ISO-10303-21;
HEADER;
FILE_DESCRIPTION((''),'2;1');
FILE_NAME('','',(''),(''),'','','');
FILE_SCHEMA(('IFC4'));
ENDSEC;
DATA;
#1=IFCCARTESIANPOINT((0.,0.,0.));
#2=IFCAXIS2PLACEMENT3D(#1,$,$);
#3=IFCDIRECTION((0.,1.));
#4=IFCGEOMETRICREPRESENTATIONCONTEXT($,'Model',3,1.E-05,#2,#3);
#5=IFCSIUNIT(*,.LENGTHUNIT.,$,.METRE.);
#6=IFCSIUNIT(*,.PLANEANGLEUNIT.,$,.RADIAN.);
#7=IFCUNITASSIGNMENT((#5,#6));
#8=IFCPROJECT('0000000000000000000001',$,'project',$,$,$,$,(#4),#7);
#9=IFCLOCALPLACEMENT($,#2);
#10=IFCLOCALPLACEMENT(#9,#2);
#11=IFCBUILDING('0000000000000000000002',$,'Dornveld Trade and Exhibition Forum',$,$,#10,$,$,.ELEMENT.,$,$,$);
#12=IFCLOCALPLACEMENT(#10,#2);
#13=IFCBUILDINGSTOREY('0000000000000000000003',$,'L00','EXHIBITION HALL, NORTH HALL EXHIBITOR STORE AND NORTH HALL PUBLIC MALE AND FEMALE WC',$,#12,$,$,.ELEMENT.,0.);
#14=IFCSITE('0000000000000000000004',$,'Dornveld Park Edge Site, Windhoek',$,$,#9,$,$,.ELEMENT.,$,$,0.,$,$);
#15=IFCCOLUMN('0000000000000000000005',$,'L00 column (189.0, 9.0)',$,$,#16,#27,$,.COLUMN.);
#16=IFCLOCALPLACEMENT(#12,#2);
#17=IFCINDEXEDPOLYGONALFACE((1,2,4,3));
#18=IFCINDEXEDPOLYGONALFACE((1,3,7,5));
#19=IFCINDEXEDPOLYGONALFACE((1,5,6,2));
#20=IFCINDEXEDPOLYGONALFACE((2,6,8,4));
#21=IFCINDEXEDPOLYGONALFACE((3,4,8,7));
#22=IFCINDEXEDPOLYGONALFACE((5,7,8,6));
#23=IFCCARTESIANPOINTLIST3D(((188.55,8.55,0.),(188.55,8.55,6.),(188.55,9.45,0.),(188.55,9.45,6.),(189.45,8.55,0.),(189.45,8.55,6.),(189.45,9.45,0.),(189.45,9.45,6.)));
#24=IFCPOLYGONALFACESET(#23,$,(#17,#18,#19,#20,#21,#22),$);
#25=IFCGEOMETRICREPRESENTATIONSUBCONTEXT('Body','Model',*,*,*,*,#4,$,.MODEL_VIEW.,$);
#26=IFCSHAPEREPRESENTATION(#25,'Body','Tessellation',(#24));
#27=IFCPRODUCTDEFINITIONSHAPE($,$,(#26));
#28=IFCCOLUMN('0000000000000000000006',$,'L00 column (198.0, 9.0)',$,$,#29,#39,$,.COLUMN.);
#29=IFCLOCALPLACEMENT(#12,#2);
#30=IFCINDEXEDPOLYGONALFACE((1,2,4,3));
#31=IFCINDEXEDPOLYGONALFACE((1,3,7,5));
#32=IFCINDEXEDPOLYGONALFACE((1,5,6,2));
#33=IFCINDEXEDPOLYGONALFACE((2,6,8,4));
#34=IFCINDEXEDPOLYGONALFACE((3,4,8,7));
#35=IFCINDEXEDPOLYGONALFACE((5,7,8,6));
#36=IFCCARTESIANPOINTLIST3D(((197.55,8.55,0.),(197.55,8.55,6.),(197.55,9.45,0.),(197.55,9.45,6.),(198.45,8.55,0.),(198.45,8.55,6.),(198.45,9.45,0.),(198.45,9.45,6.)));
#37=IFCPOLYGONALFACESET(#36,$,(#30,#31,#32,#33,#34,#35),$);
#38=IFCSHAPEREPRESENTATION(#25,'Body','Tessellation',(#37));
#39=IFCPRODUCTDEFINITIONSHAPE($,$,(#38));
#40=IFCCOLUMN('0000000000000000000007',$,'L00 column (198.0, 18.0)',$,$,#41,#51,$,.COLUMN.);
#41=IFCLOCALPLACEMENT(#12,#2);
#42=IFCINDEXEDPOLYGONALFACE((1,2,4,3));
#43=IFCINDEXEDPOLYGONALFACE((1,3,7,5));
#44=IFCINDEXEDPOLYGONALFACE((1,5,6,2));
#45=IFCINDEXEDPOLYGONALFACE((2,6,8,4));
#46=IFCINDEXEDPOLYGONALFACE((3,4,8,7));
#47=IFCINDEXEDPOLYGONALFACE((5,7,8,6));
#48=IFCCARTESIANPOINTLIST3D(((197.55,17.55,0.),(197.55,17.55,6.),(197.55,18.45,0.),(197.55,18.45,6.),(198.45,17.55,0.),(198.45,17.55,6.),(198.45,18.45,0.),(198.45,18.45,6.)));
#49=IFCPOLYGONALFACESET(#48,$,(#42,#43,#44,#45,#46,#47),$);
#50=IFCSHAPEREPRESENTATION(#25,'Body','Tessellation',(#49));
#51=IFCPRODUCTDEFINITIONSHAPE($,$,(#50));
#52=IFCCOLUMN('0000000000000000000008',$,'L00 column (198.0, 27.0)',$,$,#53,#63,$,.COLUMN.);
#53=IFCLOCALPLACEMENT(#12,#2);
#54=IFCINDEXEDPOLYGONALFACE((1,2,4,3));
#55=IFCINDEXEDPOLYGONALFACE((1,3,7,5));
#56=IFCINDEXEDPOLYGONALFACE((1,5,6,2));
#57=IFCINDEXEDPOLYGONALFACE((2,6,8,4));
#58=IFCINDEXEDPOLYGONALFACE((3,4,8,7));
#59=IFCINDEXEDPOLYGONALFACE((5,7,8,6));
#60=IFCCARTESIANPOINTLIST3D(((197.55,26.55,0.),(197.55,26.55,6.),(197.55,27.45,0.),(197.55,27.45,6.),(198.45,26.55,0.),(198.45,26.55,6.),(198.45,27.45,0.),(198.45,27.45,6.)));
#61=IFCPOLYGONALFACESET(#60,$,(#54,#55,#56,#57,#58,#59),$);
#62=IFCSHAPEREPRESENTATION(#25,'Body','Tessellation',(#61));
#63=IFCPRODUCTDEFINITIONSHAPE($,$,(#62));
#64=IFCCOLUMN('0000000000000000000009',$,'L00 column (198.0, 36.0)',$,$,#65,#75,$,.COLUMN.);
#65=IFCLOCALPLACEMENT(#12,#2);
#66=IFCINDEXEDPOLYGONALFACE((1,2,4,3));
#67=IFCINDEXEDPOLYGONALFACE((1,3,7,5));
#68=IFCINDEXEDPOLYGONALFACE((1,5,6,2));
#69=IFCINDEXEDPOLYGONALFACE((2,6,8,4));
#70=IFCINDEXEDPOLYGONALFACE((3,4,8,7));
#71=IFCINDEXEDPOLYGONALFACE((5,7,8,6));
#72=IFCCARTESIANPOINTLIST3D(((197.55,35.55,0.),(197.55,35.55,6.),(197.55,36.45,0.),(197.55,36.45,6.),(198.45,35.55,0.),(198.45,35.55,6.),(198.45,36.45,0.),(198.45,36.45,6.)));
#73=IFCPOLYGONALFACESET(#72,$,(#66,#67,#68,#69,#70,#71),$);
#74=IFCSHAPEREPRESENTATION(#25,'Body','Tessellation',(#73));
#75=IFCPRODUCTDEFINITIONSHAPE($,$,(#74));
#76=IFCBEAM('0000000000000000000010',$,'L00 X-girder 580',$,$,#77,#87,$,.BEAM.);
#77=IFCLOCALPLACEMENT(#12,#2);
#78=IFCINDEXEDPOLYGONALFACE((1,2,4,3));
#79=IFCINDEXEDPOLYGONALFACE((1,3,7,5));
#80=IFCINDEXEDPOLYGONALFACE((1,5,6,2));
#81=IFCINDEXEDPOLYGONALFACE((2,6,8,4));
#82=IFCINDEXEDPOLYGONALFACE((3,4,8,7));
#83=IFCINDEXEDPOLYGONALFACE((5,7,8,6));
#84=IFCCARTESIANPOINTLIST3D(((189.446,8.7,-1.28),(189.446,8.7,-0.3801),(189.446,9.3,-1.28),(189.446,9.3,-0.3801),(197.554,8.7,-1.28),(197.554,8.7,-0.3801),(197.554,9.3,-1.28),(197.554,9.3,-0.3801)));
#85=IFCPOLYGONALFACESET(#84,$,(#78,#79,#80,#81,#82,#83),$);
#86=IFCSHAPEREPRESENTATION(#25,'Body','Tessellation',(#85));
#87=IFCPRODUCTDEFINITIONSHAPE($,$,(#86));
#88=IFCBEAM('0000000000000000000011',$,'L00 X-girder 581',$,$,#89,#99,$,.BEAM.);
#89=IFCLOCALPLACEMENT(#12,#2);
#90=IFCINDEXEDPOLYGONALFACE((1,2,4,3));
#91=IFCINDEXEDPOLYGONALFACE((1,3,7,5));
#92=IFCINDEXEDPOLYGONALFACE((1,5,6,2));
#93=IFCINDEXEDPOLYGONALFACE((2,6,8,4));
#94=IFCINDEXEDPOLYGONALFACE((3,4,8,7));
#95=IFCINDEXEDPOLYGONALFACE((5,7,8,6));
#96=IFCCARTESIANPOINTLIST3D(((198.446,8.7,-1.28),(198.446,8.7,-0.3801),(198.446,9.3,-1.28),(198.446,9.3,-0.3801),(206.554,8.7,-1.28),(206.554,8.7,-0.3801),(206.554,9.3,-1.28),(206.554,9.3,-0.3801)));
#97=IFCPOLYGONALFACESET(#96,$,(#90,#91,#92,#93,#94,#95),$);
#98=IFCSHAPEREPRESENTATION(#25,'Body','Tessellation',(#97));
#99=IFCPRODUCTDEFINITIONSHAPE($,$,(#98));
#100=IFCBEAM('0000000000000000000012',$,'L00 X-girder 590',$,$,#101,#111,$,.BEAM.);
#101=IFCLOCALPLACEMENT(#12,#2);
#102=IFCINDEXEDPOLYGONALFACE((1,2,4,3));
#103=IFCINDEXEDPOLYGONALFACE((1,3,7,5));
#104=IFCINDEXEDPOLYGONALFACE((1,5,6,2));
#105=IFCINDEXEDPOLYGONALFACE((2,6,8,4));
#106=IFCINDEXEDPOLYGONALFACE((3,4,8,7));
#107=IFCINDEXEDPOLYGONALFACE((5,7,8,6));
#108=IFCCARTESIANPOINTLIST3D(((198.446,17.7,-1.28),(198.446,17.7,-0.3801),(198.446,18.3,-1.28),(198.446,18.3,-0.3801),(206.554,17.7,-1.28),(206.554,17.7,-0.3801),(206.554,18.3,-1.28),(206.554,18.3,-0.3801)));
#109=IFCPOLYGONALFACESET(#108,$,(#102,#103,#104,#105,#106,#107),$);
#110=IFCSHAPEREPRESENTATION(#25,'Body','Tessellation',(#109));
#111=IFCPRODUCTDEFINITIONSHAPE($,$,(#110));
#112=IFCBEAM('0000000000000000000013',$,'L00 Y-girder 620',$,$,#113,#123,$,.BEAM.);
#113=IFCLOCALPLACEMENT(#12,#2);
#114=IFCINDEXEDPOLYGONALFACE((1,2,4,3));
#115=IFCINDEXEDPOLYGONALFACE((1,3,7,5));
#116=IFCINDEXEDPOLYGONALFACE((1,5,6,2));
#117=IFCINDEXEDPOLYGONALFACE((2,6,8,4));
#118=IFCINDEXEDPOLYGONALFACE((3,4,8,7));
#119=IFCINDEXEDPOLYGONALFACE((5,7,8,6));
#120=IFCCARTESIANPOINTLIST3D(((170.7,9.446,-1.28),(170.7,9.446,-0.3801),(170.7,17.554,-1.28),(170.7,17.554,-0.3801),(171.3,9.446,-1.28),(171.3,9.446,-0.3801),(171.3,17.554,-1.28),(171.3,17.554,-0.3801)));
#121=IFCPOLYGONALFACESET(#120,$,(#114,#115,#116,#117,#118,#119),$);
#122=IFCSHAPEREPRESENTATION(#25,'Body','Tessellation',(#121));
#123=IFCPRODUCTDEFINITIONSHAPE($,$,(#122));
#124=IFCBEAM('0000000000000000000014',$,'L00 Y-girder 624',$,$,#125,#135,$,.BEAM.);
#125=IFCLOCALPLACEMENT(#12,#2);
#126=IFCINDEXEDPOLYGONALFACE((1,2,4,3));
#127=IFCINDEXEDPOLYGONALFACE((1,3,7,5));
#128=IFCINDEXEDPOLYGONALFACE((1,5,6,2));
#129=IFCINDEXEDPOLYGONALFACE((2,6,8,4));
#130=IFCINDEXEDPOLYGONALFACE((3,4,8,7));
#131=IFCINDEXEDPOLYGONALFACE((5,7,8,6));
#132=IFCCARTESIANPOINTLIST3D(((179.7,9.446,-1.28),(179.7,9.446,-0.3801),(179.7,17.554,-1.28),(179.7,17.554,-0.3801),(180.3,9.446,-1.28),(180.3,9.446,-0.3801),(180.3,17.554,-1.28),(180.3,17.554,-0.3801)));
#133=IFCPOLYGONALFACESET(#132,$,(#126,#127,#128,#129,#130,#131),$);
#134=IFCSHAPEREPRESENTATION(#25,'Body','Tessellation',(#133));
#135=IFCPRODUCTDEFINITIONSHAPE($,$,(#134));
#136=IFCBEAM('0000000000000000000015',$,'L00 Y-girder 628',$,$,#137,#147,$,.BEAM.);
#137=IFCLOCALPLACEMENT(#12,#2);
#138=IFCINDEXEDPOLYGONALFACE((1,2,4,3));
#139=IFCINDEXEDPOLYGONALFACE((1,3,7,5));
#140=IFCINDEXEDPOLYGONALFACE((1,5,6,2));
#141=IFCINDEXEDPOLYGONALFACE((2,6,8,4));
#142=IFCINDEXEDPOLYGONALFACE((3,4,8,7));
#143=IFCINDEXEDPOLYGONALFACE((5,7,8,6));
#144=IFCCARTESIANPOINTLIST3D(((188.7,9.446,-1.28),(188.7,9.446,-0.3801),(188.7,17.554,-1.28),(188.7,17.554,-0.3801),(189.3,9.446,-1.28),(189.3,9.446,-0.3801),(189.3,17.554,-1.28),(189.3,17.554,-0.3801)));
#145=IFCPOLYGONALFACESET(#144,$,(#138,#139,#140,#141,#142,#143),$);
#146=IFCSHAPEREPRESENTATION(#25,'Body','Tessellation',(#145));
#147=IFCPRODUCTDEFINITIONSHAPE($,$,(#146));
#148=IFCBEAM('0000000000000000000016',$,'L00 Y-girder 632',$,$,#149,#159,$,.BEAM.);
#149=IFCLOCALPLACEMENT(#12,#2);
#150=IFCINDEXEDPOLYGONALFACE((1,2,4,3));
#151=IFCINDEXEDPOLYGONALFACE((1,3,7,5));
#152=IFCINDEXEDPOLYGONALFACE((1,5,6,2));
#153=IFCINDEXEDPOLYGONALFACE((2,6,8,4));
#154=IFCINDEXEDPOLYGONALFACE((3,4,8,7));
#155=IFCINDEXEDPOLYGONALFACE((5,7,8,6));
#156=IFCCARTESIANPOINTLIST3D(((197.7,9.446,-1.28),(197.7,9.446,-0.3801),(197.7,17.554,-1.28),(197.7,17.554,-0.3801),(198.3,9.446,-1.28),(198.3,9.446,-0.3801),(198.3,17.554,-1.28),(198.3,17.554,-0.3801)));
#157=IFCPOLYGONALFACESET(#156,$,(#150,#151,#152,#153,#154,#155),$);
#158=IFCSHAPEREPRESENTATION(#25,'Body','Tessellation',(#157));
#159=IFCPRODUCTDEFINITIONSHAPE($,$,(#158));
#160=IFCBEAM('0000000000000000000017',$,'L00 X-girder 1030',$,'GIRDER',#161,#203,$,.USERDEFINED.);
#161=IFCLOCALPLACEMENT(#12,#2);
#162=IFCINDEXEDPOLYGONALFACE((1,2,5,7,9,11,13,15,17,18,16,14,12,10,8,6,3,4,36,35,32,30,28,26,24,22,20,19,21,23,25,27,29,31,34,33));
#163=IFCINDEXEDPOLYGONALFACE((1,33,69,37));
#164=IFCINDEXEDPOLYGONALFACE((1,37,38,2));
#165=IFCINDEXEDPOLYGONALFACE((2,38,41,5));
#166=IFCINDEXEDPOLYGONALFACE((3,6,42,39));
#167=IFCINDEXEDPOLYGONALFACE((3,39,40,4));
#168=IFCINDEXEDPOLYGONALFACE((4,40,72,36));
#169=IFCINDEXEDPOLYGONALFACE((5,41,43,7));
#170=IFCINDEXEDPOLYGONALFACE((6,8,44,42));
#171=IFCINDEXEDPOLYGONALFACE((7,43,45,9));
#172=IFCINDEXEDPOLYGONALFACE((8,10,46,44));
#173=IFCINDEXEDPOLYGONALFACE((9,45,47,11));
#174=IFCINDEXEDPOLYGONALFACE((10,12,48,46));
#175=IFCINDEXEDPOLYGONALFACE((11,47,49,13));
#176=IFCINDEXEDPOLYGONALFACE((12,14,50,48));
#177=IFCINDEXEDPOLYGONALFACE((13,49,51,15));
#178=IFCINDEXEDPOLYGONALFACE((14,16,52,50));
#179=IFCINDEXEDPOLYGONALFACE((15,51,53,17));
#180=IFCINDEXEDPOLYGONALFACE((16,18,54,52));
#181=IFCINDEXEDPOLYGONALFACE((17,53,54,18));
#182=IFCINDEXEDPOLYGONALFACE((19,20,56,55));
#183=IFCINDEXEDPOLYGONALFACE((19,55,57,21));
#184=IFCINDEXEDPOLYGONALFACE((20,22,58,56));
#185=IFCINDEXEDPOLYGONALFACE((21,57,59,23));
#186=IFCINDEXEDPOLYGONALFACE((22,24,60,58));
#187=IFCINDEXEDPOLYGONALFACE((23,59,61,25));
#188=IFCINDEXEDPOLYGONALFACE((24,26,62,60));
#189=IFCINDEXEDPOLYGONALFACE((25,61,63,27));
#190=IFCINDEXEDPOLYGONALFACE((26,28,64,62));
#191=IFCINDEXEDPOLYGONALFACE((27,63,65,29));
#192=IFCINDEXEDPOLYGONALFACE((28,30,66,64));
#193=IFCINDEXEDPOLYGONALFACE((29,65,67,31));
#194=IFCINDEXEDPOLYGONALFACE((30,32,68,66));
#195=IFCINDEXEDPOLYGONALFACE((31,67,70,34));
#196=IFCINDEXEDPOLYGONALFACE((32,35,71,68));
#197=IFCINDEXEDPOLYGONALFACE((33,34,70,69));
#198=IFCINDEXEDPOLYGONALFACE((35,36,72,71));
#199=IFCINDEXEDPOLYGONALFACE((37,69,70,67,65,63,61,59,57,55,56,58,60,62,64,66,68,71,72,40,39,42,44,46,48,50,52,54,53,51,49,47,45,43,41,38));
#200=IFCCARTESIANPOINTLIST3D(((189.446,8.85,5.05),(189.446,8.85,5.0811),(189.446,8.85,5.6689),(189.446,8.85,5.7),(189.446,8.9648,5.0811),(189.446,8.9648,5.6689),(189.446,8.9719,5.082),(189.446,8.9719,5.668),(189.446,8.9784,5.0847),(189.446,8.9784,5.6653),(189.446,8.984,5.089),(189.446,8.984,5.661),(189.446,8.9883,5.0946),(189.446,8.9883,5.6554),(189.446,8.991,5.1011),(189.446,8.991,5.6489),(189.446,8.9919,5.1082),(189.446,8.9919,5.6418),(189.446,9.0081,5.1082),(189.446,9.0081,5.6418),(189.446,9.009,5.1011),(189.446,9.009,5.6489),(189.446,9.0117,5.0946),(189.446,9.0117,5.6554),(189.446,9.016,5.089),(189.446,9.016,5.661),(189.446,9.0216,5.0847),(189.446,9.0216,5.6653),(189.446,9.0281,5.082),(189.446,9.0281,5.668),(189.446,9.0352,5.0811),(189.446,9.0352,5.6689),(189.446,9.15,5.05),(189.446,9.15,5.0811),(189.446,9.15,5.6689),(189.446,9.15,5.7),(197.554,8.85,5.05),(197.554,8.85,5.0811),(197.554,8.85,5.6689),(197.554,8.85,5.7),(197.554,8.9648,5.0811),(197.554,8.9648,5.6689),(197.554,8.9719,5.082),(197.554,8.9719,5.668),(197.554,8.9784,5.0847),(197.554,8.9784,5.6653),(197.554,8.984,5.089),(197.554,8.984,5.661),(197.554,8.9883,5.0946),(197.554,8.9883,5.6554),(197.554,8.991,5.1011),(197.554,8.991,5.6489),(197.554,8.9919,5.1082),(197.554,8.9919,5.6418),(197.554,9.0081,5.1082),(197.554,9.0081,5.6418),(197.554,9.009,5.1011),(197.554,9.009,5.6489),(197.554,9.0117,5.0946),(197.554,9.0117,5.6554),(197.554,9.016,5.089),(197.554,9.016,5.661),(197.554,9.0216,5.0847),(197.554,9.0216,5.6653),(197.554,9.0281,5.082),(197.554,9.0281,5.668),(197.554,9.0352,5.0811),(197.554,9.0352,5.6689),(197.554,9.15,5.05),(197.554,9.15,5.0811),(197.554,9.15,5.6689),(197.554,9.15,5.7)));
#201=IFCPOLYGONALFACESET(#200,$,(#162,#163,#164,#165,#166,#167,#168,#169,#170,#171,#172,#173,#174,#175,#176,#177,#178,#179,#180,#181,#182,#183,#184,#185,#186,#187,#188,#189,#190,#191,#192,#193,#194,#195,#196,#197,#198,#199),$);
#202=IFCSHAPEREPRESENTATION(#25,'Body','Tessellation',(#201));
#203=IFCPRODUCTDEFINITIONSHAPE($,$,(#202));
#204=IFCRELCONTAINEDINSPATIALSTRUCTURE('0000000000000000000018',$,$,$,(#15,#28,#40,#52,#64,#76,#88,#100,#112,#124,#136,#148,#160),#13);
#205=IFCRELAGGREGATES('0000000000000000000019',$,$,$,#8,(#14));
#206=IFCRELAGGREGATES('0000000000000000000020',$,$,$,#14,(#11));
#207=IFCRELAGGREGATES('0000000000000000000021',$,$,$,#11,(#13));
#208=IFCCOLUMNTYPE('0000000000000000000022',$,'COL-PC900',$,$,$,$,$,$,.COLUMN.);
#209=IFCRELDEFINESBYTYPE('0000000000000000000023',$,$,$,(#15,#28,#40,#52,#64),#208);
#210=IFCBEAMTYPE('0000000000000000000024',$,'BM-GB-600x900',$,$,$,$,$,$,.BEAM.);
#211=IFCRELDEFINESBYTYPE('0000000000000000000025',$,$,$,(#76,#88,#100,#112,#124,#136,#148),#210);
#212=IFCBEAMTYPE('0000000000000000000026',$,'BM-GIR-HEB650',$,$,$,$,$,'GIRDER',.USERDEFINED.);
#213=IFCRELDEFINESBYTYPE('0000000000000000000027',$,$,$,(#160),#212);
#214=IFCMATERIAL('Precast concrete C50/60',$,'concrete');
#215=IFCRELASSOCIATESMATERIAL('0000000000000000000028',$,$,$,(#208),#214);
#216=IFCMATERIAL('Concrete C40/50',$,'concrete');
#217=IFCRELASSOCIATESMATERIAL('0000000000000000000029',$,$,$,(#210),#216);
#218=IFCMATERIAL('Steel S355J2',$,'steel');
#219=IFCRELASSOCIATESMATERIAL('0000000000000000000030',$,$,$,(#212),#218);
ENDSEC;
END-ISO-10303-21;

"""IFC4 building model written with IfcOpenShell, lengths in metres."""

from ifc_helpers import new_model, si_unit, direction, frame, origin, origin_2d, place, context, subcontext, project, spatial, rectangle, i_section, extrude, material, material_profile, profile_set, type_object, element, save


model = new_model("IFC4")

# Units and contexts
model_context = context("Model", 3, precision=1e-05, world=origin(), true_north=direction((0.0, 1.0)))
body_context = subcontext(model_context, "Body", "Model", "MODEL_VIEW")
ifc_project = project(units=[si_unit("LENGTHUNIT", "METRE"), si_unit("PLANEANGLEUNIT", "RADIAN")], contexts=[model_context])

# Site, building, storey
site_placement = place(None, origin())
site = spatial("IfcSite", under=ifc_project, at=site_placement, Name="Dornveld Park Edge Site, Windhoek", CompositionType="ELEMENT", RefElevation=0.0)
building_placement = place(site_placement, origin())
building = spatial("IfcBuilding", under=site, at=building_placement, Name="Dornveld Trade and Exhibition Forum", CompositionType="ELEMENT")
storey_placement = place(building_placement, origin())
storey = spatial("IfcBuildingStorey", under=building, at=storey_placement, Name="L00", Description="EXHIBITION HALL, NORTH HALL EXHIBITOR STORE AND NORTH HALL PUBLIC MALE AND FEMALE WC", CompositionType="ELEMENT", Elevation=0.0)

# Columns
ifc_material_1 = material(Name="Precast concrete C50/60", Category="concrete")
ifc_material_profile_1 = material_profile(ifc_material_1, rectangle(XDim=0.8999, YDim=0.8999, at=origin_2d()), Name="PC-COL 900x900")
ifc_profile_set_1 = profile_set([ifc_material_profile_1], Name="Precast concrete C50/60")
column_type = type_object("IfcColumnType", Name="COL-PC900", PredefinedType="COLUMN", material=ifc_profile_set_1)
for number, where, z_axis, x_axis, name in (
    (1, (189.0, 9.0, 0.0), (0.0, 0.0, 1.0), (1.0, 0.0, 0.0), "L00 column (189.0, 9.0)"),
    (2, (198.0, 9.0, 0.0), (0.0, 0.0, 1.0), (1.0, 0.0, 0.0), "L00 column (198.0, 9.0)"),
    (3, (198.0, 18.0, 0.0), (0.0, 0.0, 1.0), (1.0, 0.0, 0.0), "L00 column (198.0, 18.0)"),
    (4, (198.0, 27.0, 0.0), (0.0, 0.0, 1.0), (1.0, 0.0, 0.0), "L00 column (198.0, 27.0)"),
    (5, (198.0, 36.0, 0.0), (0.0, 0.0, 1.0), (1.0, 0.0, 0.0), "L00 column (198.0, 36.0)"),
):
    element("IfcColumn", number, at=place(storey_placement, frame(where, z_axis=z_axis, x_axis=x_axis)), inside=storey, type_object=column_type, Name=name, PredefinedType="COLUMN", context=body_context, shape_type="SweptSolid", body=[
        extrude(rectangle(XDim=0.8999, YDim=0.8999, at=origin_2d()), origin(), (0.0, 0.0, 1.0), 6.0),
    ])

# Beams
ifc_material_2 = material(Name="Concrete C40/50", Category="concrete")
ifc_material_profile_2 = material_profile(ifc_material_2, rectangle(XDim=0.6001, YDim=0.8999, at=origin_2d()), Name="RC-GB 600x900")
ifc_profile_set_2 = profile_set([ifc_material_profile_2], Name="Concrete C40/50")
beam_type_1 = type_object("IfcBeamType", Name="BM-GB-600x900", PredefinedType="BEAM", material=ifc_profile_set_2)
for number, where, z_axis, x_axis, name in (
    (6, (189.446, 9.0, -0.8301), (1.0, 0.0, 0.0), (0.0, 1.0, 0.0), "L00 X-girder 580"),
    (7, (198.446, 9.0, -0.8301), (1.0, 0.0, 0.0), (0.0, 1.0, 0.0), "L00 X-girder 581"),
    (8, (198.446, 18.0, -0.8301), (1.0, 0.0, 0.0), (0.0, 1.0, 0.0), "L00 X-girder 590"),
    (9, (171.0, 9.446, -0.8301), (0.0, 1.0, 0.0), (-1.0, 0.0, 0.0), "L00 Y-girder 620"),
    (10, (180.0, 9.446, -0.8301), (0.0, 1.0, 0.0), (-1.0, 0.0, 0.0), "L00 Y-girder 624"),
    (11, (189.0, 9.446, -0.8301), (0.0, 1.0, 0.0), (-1.0, 0.0, 0.0), "L00 Y-girder 628"),
    (12, (198.0, 9.446, -0.8301), (0.0, 1.0, 0.0), (-1.0, 0.0, 0.0), "L00 Y-girder 632"),
):
    element("IfcBeam", number, at=place(storey_placement, frame(where, z_axis=z_axis, x_axis=x_axis)), inside=storey, type_object=beam_type_1, Name=name, PredefinedType="BEAM", context=body_context, shape_type="SweptSolid", body=[
        extrude(rectangle(XDim=0.6001, YDim=0.8999, at=origin_2d()), origin(), (0.0, 0.0, 1.0), 8.1079),
    ])
ifc_material_3 = material(Name="Steel S355J2", Category="steel")
ifc_material_profile_3 = material_profile(ifc_material_3, i_section(OverallWidth=0.3, OverallDepth=0.6499, WebThickness=0.0161, FlangeThickness=0.031, FilletRadius=0.0271, at=origin_2d()), Name="HEB 650")
ifc_profile_set_3 = profile_set([ifc_material_profile_3], Name="Steel S355J2")
beam_type_2 = type_object("IfcBeamType", Name="BM-GIR-HEB650", ElementType="GIRDER", PredefinedType="USERDEFINED", material=ifc_profile_set_3)
beam_placement = place(storey_placement, frame((189.446, 9.0, 5.375), z_axis=(1.0, 0.0, 0.0), x_axis=(0.0, 1.0, 0.0)))
element("IfcBeam", 13, at=beam_placement, inside=storey, type_object=beam_type_2, Name="L00 X-girder 1030", ObjectType="GIRDER", PredefinedType="USERDEFINED", context=body_context, shape_type="SweptSolid", body=[
    extrude(i_section(OverallWidth=0.3, OverallDepth=0.6499, WebThickness=0.0161, FlangeThickness=0.031, FilletRadius=0.0271, at=origin_2d()), origin(), (0.0, 0.0, 1.0), 8.1079),
])

save(model, "model.ifc")
